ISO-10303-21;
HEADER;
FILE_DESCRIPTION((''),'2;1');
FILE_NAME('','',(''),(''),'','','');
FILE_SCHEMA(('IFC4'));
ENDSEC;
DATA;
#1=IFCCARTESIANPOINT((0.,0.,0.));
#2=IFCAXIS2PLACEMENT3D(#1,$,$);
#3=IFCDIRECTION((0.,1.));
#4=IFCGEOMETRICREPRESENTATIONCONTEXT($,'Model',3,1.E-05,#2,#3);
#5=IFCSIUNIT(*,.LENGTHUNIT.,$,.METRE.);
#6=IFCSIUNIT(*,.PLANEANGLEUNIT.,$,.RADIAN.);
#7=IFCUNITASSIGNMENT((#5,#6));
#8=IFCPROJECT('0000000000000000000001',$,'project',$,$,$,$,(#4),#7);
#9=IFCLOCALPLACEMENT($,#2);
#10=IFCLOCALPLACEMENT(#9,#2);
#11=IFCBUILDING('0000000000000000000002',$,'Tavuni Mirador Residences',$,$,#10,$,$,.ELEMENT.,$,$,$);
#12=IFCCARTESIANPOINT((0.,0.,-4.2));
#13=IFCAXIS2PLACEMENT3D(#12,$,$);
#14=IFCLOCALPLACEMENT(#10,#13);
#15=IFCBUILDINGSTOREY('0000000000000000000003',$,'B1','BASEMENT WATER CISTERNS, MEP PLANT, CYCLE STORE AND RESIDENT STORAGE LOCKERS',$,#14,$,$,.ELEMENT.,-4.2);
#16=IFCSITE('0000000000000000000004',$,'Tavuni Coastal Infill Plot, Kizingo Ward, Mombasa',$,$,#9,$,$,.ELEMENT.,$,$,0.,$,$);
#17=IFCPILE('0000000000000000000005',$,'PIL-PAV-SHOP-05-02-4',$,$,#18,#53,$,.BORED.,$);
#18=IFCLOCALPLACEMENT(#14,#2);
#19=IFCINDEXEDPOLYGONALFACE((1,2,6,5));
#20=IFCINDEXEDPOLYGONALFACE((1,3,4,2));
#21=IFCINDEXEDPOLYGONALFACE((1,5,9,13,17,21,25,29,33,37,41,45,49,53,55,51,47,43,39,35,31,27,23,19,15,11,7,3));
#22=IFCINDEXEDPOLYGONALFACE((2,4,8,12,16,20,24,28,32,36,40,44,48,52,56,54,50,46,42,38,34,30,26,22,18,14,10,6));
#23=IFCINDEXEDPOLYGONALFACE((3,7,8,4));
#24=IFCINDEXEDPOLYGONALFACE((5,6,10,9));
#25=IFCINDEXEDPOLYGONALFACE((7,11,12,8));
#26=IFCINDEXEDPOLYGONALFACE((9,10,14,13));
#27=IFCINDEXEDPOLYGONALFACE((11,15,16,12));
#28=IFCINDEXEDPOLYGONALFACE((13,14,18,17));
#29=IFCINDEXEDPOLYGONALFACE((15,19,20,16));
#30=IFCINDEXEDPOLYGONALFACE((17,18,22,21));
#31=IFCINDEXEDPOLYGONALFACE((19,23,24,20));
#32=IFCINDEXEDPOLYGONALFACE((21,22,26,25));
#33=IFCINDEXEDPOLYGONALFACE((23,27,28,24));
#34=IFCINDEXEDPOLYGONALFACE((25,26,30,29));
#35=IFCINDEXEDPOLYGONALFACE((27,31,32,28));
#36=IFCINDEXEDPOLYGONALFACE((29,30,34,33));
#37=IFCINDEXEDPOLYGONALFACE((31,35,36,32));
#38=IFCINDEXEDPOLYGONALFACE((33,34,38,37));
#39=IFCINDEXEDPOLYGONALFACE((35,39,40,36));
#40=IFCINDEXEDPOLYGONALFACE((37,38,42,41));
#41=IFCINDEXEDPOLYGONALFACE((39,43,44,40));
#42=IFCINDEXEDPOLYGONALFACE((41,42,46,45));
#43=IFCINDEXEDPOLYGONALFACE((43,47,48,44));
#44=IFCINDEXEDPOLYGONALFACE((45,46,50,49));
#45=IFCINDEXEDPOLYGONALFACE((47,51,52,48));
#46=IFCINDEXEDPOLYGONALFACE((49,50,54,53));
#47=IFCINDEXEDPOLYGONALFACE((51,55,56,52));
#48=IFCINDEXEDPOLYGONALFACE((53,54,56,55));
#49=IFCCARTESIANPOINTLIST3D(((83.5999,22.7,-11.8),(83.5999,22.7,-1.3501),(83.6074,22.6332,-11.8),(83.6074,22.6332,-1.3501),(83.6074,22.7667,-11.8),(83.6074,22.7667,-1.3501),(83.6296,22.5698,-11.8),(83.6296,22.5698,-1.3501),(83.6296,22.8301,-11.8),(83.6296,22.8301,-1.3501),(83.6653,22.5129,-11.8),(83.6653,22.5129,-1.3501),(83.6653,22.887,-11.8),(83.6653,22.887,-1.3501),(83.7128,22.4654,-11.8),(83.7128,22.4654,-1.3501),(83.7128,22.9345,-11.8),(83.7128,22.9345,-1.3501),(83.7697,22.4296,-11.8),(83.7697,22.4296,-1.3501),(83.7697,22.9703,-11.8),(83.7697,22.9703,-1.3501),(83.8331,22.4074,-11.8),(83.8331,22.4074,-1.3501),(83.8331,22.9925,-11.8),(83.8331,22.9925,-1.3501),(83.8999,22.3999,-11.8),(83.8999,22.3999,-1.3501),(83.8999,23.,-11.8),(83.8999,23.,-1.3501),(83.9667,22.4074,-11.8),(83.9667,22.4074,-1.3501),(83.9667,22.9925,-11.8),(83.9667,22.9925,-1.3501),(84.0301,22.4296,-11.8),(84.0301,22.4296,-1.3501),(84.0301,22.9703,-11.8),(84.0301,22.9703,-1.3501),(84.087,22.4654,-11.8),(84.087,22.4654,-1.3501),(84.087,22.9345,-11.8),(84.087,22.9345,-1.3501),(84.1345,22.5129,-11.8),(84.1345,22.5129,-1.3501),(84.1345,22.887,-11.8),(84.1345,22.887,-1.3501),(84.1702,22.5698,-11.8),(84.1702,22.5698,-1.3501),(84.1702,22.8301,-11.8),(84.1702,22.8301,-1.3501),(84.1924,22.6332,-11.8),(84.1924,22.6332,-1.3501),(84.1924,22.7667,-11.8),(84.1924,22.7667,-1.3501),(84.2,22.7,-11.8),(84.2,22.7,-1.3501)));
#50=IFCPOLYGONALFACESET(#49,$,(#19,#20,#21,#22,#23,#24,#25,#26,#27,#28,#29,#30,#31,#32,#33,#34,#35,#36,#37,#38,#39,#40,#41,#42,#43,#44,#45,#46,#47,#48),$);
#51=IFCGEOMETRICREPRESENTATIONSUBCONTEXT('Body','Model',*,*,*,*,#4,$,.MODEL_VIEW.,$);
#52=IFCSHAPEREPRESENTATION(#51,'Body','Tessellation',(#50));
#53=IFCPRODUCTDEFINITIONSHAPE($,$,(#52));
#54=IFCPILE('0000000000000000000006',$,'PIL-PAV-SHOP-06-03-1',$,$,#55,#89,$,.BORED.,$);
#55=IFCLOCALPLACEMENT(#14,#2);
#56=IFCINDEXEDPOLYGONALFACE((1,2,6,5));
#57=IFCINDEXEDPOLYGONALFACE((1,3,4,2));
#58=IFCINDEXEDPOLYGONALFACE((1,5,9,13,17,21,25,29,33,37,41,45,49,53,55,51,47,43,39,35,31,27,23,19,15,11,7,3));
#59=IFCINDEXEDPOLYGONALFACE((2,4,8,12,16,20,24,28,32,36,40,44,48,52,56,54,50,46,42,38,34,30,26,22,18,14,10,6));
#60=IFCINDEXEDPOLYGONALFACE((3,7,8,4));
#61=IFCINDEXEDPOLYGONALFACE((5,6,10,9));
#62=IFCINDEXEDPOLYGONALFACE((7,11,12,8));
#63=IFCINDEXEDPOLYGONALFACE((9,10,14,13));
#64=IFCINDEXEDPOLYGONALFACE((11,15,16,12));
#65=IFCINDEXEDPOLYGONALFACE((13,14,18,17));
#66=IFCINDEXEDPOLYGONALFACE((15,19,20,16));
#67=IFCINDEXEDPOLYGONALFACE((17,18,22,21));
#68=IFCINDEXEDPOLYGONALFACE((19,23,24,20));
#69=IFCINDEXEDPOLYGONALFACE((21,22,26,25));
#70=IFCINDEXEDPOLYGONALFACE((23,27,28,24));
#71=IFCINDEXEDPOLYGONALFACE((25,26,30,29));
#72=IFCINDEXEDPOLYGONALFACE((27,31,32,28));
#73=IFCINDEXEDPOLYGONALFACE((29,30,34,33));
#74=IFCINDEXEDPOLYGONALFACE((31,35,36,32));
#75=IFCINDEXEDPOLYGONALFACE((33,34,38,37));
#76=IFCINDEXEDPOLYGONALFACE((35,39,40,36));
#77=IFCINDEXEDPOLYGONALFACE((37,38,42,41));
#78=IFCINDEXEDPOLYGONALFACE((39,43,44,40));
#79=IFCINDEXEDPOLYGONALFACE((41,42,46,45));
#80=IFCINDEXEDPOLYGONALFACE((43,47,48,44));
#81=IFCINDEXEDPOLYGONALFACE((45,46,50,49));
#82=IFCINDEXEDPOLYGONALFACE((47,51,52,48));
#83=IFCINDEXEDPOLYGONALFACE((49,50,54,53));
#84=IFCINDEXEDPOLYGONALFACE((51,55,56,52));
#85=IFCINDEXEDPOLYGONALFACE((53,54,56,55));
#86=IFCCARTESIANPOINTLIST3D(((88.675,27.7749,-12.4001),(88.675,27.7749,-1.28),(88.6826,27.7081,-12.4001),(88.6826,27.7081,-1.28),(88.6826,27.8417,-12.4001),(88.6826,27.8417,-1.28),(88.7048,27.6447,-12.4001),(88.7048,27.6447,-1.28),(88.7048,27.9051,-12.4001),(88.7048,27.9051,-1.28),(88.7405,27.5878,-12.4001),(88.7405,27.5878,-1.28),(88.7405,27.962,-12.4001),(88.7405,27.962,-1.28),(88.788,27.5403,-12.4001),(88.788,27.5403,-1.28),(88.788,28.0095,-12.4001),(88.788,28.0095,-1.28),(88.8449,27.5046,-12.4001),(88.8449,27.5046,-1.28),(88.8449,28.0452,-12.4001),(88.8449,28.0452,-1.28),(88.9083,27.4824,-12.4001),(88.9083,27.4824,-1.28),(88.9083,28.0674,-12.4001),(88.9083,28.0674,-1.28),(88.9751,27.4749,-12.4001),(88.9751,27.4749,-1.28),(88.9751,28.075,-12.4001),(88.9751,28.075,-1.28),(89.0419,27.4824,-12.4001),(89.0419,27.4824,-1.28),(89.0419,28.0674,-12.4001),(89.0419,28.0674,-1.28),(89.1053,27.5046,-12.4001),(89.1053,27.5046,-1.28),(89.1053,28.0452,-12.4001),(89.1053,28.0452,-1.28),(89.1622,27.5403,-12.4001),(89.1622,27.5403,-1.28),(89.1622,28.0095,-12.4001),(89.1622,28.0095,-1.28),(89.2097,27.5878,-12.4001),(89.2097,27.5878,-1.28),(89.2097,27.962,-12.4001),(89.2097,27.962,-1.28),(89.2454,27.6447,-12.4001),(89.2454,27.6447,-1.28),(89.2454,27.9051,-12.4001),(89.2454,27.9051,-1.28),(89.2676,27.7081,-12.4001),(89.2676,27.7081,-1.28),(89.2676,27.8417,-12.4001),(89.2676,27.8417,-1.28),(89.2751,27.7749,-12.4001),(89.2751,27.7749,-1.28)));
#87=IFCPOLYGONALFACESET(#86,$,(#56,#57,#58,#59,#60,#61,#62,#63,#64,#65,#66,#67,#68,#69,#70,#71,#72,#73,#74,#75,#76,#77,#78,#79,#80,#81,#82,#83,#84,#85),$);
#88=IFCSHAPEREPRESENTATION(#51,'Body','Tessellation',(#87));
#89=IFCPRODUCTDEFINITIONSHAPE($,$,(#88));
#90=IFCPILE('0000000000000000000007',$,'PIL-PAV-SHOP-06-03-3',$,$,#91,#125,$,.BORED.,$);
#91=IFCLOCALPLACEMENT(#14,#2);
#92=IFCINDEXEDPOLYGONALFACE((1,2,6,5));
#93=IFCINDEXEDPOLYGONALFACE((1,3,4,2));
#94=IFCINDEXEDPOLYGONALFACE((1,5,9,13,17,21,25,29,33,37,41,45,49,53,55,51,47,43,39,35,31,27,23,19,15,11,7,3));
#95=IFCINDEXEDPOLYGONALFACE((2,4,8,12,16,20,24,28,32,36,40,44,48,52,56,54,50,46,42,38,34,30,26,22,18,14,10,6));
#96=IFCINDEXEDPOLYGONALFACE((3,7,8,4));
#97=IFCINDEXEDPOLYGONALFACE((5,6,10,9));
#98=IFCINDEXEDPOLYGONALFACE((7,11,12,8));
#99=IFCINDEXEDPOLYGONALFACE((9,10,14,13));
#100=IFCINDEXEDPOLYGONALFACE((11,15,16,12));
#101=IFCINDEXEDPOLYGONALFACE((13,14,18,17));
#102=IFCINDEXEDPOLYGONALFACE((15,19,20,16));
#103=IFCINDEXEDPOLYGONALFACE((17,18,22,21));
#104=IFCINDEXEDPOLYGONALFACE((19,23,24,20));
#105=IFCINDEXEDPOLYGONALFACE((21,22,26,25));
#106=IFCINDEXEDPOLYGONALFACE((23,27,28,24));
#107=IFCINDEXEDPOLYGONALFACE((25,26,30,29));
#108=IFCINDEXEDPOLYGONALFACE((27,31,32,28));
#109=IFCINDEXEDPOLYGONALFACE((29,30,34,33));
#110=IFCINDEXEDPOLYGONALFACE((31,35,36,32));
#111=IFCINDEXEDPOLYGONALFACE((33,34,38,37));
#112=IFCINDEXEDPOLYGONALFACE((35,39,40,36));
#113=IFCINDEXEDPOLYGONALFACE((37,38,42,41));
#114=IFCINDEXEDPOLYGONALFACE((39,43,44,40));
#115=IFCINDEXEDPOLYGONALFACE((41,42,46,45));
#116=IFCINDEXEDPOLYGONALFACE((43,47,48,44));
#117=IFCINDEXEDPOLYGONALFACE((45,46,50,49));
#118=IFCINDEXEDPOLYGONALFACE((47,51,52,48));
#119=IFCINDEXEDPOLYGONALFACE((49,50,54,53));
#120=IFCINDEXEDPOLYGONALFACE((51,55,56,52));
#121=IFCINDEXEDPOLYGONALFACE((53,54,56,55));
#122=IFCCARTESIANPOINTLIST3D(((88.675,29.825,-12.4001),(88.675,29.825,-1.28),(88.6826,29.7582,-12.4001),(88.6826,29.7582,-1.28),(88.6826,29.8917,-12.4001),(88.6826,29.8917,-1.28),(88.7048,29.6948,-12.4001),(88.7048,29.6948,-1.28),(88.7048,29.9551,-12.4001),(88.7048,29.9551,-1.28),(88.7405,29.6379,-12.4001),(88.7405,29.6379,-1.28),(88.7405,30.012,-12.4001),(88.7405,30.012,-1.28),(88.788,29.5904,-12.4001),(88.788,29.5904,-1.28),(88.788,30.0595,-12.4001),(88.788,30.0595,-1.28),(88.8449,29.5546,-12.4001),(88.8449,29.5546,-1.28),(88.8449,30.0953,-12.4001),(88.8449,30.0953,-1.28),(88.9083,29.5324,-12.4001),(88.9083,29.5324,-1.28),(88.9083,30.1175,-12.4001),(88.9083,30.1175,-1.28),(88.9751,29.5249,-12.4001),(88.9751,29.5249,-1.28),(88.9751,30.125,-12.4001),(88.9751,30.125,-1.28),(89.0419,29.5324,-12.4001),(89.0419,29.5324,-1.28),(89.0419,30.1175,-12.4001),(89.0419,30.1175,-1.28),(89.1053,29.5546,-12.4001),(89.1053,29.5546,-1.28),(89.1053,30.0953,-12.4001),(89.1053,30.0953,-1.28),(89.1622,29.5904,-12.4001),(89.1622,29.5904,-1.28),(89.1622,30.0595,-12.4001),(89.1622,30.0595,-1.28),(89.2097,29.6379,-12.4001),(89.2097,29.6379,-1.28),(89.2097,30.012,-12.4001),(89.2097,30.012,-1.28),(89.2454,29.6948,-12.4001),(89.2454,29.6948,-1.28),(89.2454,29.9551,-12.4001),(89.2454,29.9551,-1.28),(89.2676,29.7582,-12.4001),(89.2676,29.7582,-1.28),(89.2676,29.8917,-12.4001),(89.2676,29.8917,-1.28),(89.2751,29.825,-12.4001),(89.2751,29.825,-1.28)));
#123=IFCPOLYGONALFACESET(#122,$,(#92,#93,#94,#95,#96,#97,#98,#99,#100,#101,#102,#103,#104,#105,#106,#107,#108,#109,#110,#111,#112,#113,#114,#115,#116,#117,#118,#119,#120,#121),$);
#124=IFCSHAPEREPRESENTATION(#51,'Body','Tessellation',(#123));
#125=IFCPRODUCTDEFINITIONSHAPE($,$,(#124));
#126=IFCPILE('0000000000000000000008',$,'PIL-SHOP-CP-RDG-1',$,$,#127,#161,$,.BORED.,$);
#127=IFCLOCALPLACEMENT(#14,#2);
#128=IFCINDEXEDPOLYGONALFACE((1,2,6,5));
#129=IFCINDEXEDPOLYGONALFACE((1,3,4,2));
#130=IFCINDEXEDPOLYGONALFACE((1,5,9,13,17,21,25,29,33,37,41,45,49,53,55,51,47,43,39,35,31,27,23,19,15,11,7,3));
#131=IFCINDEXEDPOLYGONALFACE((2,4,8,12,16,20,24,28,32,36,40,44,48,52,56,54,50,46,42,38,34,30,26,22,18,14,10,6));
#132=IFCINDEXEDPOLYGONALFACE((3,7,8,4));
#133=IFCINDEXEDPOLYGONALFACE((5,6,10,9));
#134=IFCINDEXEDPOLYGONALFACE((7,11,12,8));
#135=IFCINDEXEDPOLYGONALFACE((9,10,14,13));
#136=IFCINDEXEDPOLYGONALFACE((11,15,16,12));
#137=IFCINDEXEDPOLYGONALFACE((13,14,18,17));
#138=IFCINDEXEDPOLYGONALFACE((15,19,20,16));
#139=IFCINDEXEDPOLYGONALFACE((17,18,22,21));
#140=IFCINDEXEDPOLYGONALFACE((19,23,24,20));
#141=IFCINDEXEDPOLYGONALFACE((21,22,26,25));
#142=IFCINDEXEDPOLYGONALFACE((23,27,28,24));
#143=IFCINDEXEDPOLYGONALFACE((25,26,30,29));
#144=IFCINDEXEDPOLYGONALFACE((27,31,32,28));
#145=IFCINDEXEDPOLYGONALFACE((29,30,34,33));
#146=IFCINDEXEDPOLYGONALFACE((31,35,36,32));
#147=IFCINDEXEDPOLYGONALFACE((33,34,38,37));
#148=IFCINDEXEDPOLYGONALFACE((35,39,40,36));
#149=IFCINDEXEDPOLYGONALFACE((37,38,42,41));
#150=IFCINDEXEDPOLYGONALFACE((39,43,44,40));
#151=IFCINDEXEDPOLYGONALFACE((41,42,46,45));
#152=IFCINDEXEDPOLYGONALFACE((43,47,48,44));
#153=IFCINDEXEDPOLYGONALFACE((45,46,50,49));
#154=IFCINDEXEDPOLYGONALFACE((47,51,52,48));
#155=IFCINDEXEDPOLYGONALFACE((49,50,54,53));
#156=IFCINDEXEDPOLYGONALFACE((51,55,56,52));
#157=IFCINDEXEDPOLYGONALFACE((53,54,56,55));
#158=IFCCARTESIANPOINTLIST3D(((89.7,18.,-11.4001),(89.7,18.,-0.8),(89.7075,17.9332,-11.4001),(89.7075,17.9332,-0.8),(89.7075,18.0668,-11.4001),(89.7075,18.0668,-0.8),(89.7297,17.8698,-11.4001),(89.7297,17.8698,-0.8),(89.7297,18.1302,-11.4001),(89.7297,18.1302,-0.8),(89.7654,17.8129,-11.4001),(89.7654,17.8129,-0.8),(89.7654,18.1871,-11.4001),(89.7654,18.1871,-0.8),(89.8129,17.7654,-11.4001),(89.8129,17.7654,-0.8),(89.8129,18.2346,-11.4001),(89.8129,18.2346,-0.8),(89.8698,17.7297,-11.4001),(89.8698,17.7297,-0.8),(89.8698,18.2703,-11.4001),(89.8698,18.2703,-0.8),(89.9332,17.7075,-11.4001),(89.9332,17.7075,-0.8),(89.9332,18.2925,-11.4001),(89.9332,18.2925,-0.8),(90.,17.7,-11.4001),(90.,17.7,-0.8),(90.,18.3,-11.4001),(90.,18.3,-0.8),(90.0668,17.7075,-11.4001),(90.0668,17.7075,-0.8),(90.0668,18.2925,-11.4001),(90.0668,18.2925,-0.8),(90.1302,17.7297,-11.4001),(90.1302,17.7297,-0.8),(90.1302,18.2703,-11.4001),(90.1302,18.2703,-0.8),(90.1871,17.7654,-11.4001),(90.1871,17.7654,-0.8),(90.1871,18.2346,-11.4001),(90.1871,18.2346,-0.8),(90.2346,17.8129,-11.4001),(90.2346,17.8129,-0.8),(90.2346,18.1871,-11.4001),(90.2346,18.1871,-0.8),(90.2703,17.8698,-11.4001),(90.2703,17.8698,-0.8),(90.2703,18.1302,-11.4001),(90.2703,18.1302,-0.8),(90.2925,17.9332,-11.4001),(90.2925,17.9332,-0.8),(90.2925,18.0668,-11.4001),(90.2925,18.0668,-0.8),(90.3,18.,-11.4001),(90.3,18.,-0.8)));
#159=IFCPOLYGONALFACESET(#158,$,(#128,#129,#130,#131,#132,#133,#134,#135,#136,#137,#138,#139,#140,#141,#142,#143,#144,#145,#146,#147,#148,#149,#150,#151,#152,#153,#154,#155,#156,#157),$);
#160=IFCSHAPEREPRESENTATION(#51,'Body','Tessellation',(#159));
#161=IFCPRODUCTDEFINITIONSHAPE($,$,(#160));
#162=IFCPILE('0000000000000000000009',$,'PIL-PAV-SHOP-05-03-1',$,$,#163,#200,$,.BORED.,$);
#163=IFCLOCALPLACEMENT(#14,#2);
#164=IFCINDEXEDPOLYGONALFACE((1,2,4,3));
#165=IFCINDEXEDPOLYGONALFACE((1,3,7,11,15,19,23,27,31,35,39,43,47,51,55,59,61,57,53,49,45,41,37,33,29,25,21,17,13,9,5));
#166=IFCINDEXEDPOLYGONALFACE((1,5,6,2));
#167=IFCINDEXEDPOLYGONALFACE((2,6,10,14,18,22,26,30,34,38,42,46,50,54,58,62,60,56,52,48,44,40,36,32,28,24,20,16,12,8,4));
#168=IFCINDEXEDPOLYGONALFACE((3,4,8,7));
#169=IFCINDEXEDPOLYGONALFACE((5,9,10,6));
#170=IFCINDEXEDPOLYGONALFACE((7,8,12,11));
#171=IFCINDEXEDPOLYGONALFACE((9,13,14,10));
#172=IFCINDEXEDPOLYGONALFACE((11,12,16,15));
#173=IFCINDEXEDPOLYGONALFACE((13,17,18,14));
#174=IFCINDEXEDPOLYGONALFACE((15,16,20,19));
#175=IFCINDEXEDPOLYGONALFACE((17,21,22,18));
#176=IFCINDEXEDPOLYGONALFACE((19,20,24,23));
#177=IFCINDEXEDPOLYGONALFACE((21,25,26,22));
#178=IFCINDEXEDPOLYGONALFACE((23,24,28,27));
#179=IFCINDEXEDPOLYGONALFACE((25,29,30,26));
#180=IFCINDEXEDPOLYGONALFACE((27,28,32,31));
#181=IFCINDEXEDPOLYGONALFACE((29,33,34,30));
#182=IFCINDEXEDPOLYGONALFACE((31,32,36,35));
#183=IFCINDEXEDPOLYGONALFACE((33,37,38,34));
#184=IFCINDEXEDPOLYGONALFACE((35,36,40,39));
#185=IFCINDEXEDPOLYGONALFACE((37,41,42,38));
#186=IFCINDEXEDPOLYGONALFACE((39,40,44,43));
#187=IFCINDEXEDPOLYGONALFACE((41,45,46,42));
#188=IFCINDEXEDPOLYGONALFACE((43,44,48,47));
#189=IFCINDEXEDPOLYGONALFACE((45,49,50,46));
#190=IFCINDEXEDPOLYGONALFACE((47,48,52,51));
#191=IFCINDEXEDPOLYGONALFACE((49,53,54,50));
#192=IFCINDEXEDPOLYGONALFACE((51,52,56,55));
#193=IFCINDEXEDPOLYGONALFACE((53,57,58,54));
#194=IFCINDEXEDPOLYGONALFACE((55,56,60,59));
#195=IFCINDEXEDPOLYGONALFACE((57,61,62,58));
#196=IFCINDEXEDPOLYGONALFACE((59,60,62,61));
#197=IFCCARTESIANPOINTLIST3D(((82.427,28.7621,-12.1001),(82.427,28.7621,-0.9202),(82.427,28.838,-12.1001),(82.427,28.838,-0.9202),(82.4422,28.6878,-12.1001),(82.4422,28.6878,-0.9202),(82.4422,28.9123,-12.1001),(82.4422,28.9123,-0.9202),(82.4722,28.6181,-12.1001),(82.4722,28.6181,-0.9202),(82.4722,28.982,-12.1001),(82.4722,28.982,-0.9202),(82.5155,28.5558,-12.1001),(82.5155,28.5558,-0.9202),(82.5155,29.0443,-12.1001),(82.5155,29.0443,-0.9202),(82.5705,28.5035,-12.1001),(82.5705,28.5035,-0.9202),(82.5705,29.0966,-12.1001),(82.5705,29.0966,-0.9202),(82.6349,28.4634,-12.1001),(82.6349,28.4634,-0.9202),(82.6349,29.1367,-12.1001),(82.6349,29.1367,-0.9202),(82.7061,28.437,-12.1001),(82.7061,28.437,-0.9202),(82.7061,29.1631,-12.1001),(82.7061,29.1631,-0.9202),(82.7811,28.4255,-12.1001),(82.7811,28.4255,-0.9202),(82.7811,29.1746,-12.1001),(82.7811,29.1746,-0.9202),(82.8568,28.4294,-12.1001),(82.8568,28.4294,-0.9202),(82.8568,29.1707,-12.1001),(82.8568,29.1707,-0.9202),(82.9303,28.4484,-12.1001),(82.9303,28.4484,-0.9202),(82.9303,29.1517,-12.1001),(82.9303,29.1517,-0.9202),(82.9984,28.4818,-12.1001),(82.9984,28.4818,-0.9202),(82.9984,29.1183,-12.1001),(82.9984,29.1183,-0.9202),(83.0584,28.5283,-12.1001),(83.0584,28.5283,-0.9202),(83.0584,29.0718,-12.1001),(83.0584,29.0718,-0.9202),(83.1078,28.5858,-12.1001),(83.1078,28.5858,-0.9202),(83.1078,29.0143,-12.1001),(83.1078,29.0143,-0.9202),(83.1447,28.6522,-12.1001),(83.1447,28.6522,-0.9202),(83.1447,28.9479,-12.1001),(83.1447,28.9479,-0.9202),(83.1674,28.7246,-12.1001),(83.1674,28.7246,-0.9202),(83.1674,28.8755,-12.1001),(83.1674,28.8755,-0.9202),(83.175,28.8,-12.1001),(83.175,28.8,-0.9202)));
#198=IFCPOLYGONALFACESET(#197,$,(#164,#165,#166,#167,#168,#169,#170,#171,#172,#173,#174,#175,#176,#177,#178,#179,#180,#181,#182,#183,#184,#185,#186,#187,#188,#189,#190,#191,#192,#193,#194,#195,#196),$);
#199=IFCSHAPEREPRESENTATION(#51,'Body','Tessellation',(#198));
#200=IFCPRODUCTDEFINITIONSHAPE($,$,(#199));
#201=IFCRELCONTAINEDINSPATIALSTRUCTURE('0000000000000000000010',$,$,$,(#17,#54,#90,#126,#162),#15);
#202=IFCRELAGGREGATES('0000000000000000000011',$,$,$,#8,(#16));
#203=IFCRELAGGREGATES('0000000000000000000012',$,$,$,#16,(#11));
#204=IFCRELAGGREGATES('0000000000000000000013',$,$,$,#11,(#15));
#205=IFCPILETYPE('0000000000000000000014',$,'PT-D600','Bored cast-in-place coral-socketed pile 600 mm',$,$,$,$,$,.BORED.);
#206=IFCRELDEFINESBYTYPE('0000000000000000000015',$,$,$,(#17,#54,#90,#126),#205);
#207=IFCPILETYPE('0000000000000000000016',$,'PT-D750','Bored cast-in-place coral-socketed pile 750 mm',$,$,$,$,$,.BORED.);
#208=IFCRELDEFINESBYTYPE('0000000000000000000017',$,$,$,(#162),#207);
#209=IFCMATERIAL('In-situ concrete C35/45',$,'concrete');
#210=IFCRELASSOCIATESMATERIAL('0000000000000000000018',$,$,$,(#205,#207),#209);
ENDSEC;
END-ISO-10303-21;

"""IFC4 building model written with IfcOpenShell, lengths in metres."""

from ifc_helpers import new_model, si_unit, direction, frame, origin, origin_2d, place, context, subcontext, project, spatial, circle, extrude, material, material_profile, profile_set, type_object, element, save


model = new_model("IFC4")

# Units and contexts
model_context = context("Model", 3, precision=1e-05, world=origin(), true_north=direction((0.0, 1.0)))
body_context = subcontext(model_context, "Body", "Model", "MODEL_VIEW")
ifc_project = project(units=[si_unit("LENGTHUNIT", "METRE"), si_unit("PLANEANGLEUNIT", "RADIAN")], contexts=[model_context])

# Site, building, storey
site_placement = place(None, origin())
site = spatial("IfcSite", under=ifc_project, at=site_placement, Name="Tavuni Coastal Infill Plot, Kizingo Ward, Mombasa", CompositionType="ELEMENT", RefElevation=0.0)
building_placement = place(site_placement, origin())
building = spatial("IfcBuilding", under=site, at=building_placement, Name="Tavuni Mirador Residences", CompositionType="ELEMENT")
storey_placement = place(building_placement, frame((0.0, 0.0, -4.2)))
storey = spatial("IfcBuildingStorey", under=building, at=storey_placement, Name="B1", Description="BASEMENT WATER CISTERNS, MEP PLANT, CYCLE STORE AND RESIDENT STORAGE LOCKERS", CompositionType="ELEMENT", Elevation=-4.2)

# Shared definitions
ifc_material_1 = material(Name="In-situ concrete C35/45", Category="concrete")

# Piles
ifc_material_profile_1 = material_profile(ifc_material_1, circle(Radius=0.3, at=origin_2d()), Name="PILE D600", Category="concrete")
ifc_profile_set_1 = profile_set([ifc_material_profile_1], Name="In-situ concrete C35/45")
pile_type_1 = type_object("IfcPileType", Name="PT-D600", Description="Bored cast-in-place coral-socketed pile 600 mm", PredefinedType="BORED", material=ifc_profile_set_1)
for number, where, z_axis, x_axis, name in (
    (1, (83.8999, 22.7, -1.3501), (0.0, 0.0, -1.0), (1.0, 0.0, 0.0), "PIL-PAV-SHOP-05-02-4"),
):
    element("IfcPile", number, at=place(storey_placement, frame(where, z_axis=z_axis, x_axis=x_axis)), inside=storey, type_object=pile_type_1, Name=name, PredefinedType="BORED", context=body_context, shape_type="SweptSolid", body=[
        extrude(circle(Radius=0.3, at=origin_2d()), origin(), (0.0, 0.0, 1.0), 10.45),
    ])
for number, where, z_axis, x_axis, name in (
    (2, (88.9751, 27.7749, -1.28), (0.0, 0.0, -1.0), (1.0, 0.0, 0.0), "PIL-PAV-SHOP-06-03-1"),
    (3, (88.9751, 29.825, -1.28), (0.0, 0.0, -1.0), (1.0, 0.0, 0.0), "PIL-PAV-SHOP-06-03-3"),
):
    element("IfcPile", number, at=place(storey_placement, frame(where, z_axis=z_axis, x_axis=x_axis)), inside=storey, type_object=pile_type_1, Name=name, PredefinedType="BORED", context=body_context, shape_type="SweptSolid", body=[
        extrude(circle(Radius=0.3, at=origin_2d()), origin(), (0.0, 0.0, 1.0), 11.1201),
    ])
pile_1_placement = place(storey_placement, frame((90.0, 18.0, -0.8), z_axis=(0.0, 0.0, -1.0), x_axis=(1.0, 0.0, 0.0)))
element("IfcPile", 4, at=pile_1_placement, inside=storey, type_object=pile_type_1, Name="PIL-SHOP-CP-RDG-1", PredefinedType="BORED", context=body_context, shape_type="SweptSolid", body=[
    extrude(circle(Radius=0.3, at=origin_2d()), origin(), (0.0, 0.0, 1.0), 10.6001),
])
ifc_material_profile_2 = material_profile(ifc_material_1, circle(Radius=0.375, at=origin_2d()), Name="PILE D750", Category="concrete")
ifc_profile_set_2 = profile_set([ifc_material_profile_2], Name="In-situ concrete C35/45")
pile_type_2 = type_object("IfcPileType", Name="PT-D750", Description="Bored cast-in-place coral-socketed pile 750 mm", PredefinedType="BORED", material=ifc_profile_set_2)
pile_2_placement = place(storey_placement, frame((82.8, 28.8, -0.9202), z_axis=(0.0, 0.0, -1.0), x_axis=(1.0, 0.0, 0.0)))
element("IfcPile", 5, at=pile_2_placement, inside=storey, type_object=pile_type_2, Name="PIL-PAV-SHOP-05-03-1", PredefinedType="BORED", context=body_context, shape_type="SweptSolid", body=[
    extrude(circle(Radius=0.375, at=origin_2d()), origin(), (0.0, 0.0, 1.0), 11.1799),
])

save(model, "model.ifc")
